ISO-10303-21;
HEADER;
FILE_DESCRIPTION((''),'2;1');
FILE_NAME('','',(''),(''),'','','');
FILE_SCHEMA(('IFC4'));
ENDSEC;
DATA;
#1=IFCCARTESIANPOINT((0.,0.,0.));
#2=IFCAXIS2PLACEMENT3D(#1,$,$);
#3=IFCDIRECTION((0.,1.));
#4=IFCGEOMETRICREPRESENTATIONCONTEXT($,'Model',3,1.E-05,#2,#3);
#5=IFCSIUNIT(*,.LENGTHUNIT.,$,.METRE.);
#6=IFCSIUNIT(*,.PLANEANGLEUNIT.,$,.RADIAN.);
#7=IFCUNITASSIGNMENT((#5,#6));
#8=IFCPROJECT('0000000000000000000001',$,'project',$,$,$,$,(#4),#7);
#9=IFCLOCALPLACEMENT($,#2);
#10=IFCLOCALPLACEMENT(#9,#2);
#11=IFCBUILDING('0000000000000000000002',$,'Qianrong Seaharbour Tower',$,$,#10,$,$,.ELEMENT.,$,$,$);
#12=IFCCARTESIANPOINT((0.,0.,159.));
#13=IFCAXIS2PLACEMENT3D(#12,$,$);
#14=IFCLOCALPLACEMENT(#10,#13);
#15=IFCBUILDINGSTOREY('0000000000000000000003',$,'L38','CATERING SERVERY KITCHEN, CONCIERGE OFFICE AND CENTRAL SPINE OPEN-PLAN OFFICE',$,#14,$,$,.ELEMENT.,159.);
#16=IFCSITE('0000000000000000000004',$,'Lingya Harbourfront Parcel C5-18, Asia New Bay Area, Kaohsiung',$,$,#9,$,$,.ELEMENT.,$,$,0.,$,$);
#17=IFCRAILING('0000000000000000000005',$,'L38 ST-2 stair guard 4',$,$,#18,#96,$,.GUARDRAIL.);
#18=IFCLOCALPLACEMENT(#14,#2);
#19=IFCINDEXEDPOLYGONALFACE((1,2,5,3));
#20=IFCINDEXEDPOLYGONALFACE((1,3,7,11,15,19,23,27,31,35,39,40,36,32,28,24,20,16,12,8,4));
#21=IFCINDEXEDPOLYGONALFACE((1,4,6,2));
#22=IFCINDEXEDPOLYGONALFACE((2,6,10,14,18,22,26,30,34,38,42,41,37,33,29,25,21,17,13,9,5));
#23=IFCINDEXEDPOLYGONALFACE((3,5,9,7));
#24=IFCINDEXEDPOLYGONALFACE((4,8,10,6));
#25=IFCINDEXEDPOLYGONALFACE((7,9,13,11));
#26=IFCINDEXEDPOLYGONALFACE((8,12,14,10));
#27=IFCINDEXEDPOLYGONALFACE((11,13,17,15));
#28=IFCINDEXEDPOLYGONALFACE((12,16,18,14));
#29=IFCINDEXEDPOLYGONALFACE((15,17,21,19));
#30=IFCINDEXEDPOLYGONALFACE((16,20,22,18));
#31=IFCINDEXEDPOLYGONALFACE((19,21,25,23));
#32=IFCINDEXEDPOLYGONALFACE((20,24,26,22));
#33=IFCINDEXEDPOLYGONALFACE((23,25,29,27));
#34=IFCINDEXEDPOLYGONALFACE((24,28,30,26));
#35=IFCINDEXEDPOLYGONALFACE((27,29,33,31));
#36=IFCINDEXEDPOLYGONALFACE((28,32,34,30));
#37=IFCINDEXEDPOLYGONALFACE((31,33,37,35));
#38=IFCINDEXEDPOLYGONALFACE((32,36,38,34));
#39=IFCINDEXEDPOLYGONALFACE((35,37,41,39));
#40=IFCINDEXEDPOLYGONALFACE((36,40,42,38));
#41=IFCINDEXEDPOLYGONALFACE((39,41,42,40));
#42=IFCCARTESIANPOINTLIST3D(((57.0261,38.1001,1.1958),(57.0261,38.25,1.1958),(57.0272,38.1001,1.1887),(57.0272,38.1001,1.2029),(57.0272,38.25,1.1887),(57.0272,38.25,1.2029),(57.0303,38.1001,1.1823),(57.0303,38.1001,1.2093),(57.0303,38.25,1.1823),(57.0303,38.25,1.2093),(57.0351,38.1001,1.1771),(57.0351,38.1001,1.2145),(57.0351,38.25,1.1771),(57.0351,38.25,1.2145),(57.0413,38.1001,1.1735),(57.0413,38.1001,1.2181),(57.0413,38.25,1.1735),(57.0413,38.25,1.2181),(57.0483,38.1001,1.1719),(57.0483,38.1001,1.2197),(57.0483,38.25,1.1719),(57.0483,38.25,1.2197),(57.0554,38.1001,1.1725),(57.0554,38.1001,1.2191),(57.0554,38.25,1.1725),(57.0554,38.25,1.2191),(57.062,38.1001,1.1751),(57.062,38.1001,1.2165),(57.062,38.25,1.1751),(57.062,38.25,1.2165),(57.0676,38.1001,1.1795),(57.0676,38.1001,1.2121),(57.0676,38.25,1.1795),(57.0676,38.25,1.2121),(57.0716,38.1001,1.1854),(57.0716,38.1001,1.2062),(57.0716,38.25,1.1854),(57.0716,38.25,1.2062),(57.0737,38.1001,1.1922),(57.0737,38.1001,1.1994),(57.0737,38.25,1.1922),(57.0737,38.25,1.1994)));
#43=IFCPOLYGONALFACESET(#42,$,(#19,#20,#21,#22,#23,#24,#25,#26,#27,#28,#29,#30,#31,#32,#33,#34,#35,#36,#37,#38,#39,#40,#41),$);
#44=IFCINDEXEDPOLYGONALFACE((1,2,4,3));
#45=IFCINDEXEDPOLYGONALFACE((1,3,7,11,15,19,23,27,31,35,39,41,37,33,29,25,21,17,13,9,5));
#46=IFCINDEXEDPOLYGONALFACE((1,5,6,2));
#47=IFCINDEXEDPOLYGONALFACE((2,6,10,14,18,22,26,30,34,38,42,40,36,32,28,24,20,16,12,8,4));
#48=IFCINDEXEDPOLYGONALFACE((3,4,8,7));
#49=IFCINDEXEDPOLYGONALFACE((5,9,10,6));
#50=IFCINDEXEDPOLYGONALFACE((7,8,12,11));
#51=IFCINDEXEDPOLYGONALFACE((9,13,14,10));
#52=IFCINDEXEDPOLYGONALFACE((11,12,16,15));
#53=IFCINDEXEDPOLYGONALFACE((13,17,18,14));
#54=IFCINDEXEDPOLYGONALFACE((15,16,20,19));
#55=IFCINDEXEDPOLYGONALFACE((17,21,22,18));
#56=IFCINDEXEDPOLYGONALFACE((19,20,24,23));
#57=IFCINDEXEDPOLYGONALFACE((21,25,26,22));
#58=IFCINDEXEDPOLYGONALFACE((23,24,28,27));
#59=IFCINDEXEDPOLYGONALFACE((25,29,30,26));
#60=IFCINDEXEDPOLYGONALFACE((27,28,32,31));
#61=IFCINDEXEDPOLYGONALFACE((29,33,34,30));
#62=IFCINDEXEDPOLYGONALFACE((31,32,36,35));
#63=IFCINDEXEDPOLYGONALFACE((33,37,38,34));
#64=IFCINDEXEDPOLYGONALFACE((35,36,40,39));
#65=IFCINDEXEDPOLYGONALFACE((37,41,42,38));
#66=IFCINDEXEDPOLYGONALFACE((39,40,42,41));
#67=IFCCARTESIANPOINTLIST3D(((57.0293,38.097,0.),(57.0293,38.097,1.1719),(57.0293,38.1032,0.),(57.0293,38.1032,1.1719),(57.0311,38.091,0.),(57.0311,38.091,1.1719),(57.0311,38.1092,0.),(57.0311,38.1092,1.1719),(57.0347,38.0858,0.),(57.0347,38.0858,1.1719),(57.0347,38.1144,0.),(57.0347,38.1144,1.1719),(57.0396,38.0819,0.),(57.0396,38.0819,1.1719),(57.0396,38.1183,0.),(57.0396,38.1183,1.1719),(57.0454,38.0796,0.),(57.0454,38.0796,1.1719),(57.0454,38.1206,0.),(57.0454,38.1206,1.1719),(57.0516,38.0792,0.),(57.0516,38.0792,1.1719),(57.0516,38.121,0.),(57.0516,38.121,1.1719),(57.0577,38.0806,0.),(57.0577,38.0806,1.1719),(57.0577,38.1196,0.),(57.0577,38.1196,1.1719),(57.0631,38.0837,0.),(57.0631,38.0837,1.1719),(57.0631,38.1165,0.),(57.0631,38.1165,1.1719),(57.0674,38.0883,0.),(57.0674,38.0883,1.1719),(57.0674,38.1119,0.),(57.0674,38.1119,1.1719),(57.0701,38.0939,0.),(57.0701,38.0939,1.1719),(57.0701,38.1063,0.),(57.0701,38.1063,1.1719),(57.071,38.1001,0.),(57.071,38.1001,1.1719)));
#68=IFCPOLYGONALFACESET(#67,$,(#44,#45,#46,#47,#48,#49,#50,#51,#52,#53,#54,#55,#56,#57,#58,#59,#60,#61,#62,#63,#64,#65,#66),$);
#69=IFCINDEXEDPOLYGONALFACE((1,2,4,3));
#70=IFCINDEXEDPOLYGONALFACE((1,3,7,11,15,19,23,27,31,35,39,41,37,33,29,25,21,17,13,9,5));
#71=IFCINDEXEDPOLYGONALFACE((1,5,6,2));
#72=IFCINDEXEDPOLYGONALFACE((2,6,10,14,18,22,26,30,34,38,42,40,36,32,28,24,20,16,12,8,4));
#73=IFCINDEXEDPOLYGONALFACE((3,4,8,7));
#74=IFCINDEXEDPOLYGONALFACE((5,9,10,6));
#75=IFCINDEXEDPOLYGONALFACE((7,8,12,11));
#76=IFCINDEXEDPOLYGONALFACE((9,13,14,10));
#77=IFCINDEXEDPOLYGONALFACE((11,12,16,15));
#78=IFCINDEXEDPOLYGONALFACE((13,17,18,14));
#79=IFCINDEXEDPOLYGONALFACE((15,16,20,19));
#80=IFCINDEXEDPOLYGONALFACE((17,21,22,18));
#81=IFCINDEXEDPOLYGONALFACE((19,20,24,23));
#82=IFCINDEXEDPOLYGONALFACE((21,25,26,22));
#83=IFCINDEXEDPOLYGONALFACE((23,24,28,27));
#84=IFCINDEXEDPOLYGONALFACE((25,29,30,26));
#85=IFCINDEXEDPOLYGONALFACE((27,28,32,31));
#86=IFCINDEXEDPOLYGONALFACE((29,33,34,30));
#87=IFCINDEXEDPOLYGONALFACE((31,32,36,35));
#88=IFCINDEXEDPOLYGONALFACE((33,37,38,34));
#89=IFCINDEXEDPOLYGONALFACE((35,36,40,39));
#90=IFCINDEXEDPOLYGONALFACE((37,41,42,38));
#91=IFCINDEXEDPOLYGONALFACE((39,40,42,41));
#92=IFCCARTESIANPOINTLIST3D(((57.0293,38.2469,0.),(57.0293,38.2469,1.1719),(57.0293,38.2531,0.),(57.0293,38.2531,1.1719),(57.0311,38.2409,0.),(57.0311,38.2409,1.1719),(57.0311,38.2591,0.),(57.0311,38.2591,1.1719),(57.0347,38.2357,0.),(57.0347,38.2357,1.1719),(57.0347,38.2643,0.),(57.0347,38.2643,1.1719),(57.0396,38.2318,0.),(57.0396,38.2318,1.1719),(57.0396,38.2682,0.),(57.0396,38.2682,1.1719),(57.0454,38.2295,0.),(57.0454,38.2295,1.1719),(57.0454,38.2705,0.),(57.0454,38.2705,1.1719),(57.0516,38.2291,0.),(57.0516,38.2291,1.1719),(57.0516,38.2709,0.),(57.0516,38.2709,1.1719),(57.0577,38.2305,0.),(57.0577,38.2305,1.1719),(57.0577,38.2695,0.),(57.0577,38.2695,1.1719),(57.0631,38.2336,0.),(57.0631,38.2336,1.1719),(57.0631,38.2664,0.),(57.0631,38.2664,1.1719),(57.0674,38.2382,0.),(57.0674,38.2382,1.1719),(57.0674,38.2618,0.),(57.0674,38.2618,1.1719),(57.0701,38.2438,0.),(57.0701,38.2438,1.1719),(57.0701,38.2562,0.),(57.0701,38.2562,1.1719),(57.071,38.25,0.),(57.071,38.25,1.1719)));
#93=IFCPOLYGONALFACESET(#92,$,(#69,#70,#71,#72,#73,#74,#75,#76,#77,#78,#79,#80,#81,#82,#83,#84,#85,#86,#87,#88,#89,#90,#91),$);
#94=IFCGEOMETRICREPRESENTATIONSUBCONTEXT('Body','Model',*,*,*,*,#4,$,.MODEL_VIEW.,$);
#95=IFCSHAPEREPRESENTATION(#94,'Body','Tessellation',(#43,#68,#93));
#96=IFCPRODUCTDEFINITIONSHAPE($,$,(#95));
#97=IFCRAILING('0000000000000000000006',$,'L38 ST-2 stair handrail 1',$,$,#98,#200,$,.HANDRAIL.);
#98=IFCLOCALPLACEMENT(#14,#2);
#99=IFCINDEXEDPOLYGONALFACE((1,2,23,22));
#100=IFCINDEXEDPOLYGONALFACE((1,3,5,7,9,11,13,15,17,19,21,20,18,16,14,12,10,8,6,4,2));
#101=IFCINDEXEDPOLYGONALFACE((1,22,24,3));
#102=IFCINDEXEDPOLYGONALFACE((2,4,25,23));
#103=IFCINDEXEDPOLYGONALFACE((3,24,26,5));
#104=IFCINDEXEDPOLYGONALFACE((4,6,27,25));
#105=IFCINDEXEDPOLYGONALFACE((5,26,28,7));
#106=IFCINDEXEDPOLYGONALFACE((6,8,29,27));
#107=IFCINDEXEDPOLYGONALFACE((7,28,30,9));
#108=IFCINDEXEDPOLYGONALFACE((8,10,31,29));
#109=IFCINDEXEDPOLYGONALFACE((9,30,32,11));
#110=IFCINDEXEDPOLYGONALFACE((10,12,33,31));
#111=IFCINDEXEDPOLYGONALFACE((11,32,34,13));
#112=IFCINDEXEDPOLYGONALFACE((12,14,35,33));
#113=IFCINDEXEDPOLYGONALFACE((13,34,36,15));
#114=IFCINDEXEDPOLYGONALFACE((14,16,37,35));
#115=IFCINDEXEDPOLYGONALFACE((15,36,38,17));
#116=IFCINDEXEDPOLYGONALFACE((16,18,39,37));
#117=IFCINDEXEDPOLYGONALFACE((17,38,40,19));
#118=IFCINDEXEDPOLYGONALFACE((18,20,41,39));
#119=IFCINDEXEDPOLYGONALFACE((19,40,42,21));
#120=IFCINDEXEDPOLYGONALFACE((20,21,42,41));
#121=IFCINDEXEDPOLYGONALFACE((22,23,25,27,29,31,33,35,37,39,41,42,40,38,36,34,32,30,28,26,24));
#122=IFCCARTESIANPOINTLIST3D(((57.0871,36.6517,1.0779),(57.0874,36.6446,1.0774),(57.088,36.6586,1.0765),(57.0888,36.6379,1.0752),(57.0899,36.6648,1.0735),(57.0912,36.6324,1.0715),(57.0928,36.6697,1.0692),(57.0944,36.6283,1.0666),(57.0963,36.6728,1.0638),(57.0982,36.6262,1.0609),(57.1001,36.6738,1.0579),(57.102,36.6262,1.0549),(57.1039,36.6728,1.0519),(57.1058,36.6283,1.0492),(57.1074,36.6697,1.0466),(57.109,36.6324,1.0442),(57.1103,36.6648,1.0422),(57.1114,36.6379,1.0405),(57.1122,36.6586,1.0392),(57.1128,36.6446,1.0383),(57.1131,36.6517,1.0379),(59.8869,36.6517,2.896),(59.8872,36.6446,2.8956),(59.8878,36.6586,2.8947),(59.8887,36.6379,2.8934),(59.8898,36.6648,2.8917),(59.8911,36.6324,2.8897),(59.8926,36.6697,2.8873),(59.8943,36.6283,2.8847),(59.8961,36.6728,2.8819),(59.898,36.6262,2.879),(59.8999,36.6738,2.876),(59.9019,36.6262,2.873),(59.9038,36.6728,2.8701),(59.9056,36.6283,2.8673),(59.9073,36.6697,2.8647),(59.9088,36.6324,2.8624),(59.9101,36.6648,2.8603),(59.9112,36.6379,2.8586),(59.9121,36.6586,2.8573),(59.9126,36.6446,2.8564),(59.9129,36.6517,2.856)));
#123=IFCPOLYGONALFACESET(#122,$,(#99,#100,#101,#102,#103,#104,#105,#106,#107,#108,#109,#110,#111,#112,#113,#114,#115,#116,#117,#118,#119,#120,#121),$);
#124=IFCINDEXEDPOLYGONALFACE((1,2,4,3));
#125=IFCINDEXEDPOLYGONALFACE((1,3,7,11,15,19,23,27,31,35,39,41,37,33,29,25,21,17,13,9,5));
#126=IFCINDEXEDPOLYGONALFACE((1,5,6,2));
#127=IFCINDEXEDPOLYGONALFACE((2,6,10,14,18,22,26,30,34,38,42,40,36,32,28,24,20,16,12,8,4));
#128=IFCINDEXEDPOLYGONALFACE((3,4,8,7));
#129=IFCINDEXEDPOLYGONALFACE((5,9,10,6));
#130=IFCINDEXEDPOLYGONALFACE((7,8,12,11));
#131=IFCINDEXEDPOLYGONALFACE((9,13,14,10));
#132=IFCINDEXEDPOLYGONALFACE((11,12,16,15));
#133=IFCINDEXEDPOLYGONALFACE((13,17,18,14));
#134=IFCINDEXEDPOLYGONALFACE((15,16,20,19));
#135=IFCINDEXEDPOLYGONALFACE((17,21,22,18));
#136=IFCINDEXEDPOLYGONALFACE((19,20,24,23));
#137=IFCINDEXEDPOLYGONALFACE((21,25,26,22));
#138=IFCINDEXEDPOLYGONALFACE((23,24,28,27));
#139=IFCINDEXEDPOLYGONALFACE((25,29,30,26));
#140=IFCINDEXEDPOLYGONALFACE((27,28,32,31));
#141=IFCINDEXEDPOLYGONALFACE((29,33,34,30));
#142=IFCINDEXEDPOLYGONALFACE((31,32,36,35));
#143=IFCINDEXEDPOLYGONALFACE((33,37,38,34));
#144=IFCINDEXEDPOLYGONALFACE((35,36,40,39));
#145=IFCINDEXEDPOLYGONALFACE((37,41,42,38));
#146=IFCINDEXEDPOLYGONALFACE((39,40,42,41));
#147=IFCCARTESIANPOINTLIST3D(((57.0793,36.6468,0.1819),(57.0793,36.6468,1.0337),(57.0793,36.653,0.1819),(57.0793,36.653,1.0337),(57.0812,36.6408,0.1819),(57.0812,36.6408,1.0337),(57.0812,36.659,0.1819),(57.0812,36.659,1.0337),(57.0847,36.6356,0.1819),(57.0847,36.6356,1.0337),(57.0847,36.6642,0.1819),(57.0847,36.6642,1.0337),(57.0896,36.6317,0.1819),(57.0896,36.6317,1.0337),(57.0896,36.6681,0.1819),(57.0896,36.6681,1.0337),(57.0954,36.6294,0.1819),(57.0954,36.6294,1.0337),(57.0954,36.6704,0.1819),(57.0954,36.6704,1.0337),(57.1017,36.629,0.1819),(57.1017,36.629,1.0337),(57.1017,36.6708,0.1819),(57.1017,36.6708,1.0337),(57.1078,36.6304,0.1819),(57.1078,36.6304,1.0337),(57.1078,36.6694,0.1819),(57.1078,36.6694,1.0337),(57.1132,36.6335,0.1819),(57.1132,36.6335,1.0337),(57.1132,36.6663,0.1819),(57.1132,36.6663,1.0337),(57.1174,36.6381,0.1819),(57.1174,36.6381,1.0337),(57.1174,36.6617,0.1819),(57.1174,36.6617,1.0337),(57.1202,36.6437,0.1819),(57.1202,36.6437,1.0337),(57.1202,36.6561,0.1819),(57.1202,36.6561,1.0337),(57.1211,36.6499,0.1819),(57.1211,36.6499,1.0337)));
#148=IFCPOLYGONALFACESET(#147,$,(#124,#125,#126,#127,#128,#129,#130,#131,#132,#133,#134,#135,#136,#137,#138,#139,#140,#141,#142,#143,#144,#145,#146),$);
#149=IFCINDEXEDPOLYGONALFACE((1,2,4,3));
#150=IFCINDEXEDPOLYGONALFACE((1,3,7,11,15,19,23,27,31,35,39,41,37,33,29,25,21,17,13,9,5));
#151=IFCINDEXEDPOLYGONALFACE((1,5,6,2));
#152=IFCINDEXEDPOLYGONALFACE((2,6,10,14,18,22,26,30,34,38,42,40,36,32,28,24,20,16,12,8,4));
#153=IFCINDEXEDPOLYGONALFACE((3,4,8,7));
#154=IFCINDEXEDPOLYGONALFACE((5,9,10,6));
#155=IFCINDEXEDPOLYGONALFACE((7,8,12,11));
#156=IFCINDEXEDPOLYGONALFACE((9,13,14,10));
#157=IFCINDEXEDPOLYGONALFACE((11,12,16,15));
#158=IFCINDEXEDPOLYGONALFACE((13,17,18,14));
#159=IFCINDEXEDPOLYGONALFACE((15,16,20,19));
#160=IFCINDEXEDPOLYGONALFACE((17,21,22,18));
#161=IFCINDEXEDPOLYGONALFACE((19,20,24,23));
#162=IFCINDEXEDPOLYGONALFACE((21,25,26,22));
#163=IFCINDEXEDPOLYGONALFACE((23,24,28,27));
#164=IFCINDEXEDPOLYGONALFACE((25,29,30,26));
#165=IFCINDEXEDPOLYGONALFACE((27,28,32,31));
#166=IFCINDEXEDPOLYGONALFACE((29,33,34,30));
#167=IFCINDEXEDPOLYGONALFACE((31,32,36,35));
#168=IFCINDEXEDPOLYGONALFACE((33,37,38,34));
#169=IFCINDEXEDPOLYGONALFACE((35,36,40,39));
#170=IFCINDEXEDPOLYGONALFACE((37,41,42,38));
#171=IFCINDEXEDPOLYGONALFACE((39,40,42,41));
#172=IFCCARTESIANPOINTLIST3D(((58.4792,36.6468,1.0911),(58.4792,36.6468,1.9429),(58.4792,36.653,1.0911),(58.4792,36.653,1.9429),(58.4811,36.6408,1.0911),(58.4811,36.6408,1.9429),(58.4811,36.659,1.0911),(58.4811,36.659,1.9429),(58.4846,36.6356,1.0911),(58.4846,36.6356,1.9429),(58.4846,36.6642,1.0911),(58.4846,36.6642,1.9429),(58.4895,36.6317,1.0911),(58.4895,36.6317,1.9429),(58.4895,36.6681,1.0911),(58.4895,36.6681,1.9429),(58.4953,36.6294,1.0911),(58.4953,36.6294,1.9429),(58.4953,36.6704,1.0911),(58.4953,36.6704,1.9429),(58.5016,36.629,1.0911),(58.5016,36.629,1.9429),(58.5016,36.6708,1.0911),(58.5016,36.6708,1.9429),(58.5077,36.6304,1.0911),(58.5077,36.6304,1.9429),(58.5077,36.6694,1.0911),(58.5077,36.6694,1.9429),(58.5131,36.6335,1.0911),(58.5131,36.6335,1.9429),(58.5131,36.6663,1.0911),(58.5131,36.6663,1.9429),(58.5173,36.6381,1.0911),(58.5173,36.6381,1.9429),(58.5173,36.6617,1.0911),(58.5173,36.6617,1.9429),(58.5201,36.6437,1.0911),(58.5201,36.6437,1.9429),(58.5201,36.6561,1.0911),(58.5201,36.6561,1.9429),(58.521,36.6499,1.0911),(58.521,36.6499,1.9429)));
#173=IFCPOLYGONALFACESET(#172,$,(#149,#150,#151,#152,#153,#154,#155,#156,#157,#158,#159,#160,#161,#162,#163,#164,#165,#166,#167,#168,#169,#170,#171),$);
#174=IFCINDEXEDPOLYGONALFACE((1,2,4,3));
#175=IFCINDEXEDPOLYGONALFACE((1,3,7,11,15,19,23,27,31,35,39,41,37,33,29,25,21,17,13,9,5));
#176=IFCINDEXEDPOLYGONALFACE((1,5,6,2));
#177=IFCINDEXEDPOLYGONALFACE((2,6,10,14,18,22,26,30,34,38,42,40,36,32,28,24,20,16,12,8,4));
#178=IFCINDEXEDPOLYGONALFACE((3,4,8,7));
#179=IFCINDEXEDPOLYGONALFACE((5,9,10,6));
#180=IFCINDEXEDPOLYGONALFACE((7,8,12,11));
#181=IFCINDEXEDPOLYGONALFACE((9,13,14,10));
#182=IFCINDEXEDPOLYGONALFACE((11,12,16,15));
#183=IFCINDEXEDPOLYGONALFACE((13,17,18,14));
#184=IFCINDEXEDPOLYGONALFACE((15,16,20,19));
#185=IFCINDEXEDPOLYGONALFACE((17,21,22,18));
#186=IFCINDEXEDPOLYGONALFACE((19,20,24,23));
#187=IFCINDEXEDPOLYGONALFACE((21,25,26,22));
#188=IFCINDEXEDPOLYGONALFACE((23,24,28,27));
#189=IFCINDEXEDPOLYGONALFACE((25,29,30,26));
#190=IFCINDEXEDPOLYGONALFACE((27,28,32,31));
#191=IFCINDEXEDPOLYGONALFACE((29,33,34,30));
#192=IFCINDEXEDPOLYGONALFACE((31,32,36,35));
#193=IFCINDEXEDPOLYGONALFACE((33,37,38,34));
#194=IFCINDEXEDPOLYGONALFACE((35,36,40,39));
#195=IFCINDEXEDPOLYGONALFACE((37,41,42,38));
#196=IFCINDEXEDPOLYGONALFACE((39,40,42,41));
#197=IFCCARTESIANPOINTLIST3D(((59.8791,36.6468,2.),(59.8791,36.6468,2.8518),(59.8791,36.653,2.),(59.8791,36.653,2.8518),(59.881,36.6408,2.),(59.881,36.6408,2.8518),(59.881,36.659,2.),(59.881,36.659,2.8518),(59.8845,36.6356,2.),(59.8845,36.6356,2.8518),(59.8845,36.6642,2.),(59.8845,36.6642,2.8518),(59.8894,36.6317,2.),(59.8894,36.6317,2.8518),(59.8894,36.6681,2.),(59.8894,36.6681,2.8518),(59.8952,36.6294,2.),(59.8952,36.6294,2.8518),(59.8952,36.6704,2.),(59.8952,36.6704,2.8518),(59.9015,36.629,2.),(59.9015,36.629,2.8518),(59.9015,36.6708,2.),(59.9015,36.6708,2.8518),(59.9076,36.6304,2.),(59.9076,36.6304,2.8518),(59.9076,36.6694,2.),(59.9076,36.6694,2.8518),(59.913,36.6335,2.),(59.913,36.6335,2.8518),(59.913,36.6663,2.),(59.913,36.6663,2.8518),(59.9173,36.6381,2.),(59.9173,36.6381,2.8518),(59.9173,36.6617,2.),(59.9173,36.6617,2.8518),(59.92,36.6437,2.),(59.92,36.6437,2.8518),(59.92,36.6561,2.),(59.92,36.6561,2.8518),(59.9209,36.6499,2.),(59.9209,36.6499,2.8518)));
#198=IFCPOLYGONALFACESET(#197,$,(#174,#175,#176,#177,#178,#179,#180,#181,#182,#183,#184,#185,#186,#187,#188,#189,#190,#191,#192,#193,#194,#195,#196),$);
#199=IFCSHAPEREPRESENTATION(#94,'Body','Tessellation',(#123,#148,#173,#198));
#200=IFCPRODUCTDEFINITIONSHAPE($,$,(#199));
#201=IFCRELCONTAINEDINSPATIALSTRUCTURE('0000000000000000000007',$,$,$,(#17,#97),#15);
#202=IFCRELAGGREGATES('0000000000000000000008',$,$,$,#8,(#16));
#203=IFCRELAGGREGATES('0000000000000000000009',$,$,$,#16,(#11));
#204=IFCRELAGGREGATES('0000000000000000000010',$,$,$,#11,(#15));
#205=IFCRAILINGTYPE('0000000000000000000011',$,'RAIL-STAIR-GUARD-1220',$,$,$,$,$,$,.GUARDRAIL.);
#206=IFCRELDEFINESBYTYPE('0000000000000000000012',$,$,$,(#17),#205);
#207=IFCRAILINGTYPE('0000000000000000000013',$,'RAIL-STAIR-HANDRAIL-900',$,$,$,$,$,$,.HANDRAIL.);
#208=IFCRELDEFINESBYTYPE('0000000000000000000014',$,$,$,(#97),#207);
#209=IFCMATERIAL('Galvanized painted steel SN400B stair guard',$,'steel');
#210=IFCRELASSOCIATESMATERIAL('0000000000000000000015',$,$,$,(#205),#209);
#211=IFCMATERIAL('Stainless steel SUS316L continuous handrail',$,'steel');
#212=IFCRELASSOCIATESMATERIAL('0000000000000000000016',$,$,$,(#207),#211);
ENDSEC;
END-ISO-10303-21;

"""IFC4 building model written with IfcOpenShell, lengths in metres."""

from ifc_helpers import new_model, si_unit, direction, frame, origin, origin_2d, place, context, subcontext, project, spatial, circle, extrude, material, type_object, element, save


model = new_model("IFC4")

# Units and contexts
model_context = context("Model", 3, precision=1e-05, world=origin(), true_north=direction((0.0, 1.0)))
body_context = subcontext(model_context, "Body", "Model", "MODEL_VIEW")
ifc_project = project(units=[si_unit("LENGTHUNIT", "METRE"), si_unit("PLANEANGLEUNIT", "RADIAN")], contexts=[model_context])

# Site, building, storey
site_placement = place(None, origin())
site = spatial("IfcSite", under=ifc_project, at=site_placement, Name="Lingya Harbourfront Parcel C5-18, Asia New Bay Area, Kaohsiung", CompositionType="ELEMENT", RefElevation=0.0)
building_placement = place(site_placement, origin())
building = spatial("IfcBuilding", under=site, at=building_placement, Name="Qianrong Seaharbour Tower", CompositionType="ELEMENT")
storey_placement = place(building_placement, frame((0.0, 0.0, 159.0)))
storey = spatial("IfcBuildingStorey", under=building, at=storey_placement, Name="L38", Description="CATERING SERVERY KITCHEN, CONCIERGE OFFICE AND CENTRAL SPINE OPEN-PLAN OFFICE", CompositionType="ELEMENT", Elevation=159.0)

# Railings
ifc_material_1 = material(Name="Galvanized painted steel SN400B stair guard", Category="steel")
railing_type_1 = type_object("IfcRailingType", Name="RAIL-STAIR-GUARD-1220", PredefinedType="GUARDRAIL", material=ifc_material_1)
railing_1_placement = place(storey_placement, frame((57.05, 38.1001, 0.0)))
element("IfcRailing", 1, at=railing_1_placement, inside=storey, type_object=railing_type_1, Name="L38 ST-2 stair guard 4", PredefinedType="GUARDRAIL", context=body_context, shape_type="SweptSolid", body=[
    extrude(circle(Radius=0.0239, at=origin_2d()), frame((0.0, 0.0, 1.1958), z_axis=(0.0, 1.0, 0.0), x_axis=(-1.0, 0.0, 0.0)), (0.0, 0.0, 1.0), 0.1499),
    extrude(circle(Radius=0.021, at=origin_2d()), origin(), (0.0, 0.0, 1.0), 1.1719),
    extrude(circle(Radius=0.021, at=origin_2d()), frame((0.0, 0.1499, 0.0)), (0.0, 0.0, 1.0), 1.1719),
])
ifc_material_2 = material(Name="Stainless steel SUS316L continuous handrail", Category="steel")
railing_type_2 = type_object("IfcRailingType", Name="RAIL-STAIR-HANDRAIL-900", PredefinedType="HANDRAIL", material=ifc_material_2)
railing_2_placement = place(storey_placement, frame((57.1001, 36.6499, 0.1819)))
element("IfcRailing", 2, at=railing_2_placement, inside=storey, type_object=railing_type_2, Name="L38 ST-2 stair handrail 1", PredefinedType="HANDRAIL", context=body_context, shape_type="SweptSolid", body=[
    extrude(circle(Radius=0.0239, at=origin_2d()), frame((0.0, 0.0, 0.876), z_axis=(0.838684, 0.0, 0.544618), x_axis=(0.0, 1.0, 0.0)), (0.0, 0.0, 1.0), 3.3384),
    extrude(circle(Radius=0.021, at=origin_2d()), origin(), (0.0, 0.0, 1.0), 0.8518),
    extrude(circle(Radius=0.021, at=origin_2d()), frame((1.3999, 0.0, 0.9092)), (0.0, 0.0, 1.0), 0.8518),
    extrude(circle(Radius=0.021, at=origin_2d()), frame((2.7998, 0.0, 1.8181)), (0.0, 0.0, 1.0), 0.8518),
])

save(model, "model.ifc")
